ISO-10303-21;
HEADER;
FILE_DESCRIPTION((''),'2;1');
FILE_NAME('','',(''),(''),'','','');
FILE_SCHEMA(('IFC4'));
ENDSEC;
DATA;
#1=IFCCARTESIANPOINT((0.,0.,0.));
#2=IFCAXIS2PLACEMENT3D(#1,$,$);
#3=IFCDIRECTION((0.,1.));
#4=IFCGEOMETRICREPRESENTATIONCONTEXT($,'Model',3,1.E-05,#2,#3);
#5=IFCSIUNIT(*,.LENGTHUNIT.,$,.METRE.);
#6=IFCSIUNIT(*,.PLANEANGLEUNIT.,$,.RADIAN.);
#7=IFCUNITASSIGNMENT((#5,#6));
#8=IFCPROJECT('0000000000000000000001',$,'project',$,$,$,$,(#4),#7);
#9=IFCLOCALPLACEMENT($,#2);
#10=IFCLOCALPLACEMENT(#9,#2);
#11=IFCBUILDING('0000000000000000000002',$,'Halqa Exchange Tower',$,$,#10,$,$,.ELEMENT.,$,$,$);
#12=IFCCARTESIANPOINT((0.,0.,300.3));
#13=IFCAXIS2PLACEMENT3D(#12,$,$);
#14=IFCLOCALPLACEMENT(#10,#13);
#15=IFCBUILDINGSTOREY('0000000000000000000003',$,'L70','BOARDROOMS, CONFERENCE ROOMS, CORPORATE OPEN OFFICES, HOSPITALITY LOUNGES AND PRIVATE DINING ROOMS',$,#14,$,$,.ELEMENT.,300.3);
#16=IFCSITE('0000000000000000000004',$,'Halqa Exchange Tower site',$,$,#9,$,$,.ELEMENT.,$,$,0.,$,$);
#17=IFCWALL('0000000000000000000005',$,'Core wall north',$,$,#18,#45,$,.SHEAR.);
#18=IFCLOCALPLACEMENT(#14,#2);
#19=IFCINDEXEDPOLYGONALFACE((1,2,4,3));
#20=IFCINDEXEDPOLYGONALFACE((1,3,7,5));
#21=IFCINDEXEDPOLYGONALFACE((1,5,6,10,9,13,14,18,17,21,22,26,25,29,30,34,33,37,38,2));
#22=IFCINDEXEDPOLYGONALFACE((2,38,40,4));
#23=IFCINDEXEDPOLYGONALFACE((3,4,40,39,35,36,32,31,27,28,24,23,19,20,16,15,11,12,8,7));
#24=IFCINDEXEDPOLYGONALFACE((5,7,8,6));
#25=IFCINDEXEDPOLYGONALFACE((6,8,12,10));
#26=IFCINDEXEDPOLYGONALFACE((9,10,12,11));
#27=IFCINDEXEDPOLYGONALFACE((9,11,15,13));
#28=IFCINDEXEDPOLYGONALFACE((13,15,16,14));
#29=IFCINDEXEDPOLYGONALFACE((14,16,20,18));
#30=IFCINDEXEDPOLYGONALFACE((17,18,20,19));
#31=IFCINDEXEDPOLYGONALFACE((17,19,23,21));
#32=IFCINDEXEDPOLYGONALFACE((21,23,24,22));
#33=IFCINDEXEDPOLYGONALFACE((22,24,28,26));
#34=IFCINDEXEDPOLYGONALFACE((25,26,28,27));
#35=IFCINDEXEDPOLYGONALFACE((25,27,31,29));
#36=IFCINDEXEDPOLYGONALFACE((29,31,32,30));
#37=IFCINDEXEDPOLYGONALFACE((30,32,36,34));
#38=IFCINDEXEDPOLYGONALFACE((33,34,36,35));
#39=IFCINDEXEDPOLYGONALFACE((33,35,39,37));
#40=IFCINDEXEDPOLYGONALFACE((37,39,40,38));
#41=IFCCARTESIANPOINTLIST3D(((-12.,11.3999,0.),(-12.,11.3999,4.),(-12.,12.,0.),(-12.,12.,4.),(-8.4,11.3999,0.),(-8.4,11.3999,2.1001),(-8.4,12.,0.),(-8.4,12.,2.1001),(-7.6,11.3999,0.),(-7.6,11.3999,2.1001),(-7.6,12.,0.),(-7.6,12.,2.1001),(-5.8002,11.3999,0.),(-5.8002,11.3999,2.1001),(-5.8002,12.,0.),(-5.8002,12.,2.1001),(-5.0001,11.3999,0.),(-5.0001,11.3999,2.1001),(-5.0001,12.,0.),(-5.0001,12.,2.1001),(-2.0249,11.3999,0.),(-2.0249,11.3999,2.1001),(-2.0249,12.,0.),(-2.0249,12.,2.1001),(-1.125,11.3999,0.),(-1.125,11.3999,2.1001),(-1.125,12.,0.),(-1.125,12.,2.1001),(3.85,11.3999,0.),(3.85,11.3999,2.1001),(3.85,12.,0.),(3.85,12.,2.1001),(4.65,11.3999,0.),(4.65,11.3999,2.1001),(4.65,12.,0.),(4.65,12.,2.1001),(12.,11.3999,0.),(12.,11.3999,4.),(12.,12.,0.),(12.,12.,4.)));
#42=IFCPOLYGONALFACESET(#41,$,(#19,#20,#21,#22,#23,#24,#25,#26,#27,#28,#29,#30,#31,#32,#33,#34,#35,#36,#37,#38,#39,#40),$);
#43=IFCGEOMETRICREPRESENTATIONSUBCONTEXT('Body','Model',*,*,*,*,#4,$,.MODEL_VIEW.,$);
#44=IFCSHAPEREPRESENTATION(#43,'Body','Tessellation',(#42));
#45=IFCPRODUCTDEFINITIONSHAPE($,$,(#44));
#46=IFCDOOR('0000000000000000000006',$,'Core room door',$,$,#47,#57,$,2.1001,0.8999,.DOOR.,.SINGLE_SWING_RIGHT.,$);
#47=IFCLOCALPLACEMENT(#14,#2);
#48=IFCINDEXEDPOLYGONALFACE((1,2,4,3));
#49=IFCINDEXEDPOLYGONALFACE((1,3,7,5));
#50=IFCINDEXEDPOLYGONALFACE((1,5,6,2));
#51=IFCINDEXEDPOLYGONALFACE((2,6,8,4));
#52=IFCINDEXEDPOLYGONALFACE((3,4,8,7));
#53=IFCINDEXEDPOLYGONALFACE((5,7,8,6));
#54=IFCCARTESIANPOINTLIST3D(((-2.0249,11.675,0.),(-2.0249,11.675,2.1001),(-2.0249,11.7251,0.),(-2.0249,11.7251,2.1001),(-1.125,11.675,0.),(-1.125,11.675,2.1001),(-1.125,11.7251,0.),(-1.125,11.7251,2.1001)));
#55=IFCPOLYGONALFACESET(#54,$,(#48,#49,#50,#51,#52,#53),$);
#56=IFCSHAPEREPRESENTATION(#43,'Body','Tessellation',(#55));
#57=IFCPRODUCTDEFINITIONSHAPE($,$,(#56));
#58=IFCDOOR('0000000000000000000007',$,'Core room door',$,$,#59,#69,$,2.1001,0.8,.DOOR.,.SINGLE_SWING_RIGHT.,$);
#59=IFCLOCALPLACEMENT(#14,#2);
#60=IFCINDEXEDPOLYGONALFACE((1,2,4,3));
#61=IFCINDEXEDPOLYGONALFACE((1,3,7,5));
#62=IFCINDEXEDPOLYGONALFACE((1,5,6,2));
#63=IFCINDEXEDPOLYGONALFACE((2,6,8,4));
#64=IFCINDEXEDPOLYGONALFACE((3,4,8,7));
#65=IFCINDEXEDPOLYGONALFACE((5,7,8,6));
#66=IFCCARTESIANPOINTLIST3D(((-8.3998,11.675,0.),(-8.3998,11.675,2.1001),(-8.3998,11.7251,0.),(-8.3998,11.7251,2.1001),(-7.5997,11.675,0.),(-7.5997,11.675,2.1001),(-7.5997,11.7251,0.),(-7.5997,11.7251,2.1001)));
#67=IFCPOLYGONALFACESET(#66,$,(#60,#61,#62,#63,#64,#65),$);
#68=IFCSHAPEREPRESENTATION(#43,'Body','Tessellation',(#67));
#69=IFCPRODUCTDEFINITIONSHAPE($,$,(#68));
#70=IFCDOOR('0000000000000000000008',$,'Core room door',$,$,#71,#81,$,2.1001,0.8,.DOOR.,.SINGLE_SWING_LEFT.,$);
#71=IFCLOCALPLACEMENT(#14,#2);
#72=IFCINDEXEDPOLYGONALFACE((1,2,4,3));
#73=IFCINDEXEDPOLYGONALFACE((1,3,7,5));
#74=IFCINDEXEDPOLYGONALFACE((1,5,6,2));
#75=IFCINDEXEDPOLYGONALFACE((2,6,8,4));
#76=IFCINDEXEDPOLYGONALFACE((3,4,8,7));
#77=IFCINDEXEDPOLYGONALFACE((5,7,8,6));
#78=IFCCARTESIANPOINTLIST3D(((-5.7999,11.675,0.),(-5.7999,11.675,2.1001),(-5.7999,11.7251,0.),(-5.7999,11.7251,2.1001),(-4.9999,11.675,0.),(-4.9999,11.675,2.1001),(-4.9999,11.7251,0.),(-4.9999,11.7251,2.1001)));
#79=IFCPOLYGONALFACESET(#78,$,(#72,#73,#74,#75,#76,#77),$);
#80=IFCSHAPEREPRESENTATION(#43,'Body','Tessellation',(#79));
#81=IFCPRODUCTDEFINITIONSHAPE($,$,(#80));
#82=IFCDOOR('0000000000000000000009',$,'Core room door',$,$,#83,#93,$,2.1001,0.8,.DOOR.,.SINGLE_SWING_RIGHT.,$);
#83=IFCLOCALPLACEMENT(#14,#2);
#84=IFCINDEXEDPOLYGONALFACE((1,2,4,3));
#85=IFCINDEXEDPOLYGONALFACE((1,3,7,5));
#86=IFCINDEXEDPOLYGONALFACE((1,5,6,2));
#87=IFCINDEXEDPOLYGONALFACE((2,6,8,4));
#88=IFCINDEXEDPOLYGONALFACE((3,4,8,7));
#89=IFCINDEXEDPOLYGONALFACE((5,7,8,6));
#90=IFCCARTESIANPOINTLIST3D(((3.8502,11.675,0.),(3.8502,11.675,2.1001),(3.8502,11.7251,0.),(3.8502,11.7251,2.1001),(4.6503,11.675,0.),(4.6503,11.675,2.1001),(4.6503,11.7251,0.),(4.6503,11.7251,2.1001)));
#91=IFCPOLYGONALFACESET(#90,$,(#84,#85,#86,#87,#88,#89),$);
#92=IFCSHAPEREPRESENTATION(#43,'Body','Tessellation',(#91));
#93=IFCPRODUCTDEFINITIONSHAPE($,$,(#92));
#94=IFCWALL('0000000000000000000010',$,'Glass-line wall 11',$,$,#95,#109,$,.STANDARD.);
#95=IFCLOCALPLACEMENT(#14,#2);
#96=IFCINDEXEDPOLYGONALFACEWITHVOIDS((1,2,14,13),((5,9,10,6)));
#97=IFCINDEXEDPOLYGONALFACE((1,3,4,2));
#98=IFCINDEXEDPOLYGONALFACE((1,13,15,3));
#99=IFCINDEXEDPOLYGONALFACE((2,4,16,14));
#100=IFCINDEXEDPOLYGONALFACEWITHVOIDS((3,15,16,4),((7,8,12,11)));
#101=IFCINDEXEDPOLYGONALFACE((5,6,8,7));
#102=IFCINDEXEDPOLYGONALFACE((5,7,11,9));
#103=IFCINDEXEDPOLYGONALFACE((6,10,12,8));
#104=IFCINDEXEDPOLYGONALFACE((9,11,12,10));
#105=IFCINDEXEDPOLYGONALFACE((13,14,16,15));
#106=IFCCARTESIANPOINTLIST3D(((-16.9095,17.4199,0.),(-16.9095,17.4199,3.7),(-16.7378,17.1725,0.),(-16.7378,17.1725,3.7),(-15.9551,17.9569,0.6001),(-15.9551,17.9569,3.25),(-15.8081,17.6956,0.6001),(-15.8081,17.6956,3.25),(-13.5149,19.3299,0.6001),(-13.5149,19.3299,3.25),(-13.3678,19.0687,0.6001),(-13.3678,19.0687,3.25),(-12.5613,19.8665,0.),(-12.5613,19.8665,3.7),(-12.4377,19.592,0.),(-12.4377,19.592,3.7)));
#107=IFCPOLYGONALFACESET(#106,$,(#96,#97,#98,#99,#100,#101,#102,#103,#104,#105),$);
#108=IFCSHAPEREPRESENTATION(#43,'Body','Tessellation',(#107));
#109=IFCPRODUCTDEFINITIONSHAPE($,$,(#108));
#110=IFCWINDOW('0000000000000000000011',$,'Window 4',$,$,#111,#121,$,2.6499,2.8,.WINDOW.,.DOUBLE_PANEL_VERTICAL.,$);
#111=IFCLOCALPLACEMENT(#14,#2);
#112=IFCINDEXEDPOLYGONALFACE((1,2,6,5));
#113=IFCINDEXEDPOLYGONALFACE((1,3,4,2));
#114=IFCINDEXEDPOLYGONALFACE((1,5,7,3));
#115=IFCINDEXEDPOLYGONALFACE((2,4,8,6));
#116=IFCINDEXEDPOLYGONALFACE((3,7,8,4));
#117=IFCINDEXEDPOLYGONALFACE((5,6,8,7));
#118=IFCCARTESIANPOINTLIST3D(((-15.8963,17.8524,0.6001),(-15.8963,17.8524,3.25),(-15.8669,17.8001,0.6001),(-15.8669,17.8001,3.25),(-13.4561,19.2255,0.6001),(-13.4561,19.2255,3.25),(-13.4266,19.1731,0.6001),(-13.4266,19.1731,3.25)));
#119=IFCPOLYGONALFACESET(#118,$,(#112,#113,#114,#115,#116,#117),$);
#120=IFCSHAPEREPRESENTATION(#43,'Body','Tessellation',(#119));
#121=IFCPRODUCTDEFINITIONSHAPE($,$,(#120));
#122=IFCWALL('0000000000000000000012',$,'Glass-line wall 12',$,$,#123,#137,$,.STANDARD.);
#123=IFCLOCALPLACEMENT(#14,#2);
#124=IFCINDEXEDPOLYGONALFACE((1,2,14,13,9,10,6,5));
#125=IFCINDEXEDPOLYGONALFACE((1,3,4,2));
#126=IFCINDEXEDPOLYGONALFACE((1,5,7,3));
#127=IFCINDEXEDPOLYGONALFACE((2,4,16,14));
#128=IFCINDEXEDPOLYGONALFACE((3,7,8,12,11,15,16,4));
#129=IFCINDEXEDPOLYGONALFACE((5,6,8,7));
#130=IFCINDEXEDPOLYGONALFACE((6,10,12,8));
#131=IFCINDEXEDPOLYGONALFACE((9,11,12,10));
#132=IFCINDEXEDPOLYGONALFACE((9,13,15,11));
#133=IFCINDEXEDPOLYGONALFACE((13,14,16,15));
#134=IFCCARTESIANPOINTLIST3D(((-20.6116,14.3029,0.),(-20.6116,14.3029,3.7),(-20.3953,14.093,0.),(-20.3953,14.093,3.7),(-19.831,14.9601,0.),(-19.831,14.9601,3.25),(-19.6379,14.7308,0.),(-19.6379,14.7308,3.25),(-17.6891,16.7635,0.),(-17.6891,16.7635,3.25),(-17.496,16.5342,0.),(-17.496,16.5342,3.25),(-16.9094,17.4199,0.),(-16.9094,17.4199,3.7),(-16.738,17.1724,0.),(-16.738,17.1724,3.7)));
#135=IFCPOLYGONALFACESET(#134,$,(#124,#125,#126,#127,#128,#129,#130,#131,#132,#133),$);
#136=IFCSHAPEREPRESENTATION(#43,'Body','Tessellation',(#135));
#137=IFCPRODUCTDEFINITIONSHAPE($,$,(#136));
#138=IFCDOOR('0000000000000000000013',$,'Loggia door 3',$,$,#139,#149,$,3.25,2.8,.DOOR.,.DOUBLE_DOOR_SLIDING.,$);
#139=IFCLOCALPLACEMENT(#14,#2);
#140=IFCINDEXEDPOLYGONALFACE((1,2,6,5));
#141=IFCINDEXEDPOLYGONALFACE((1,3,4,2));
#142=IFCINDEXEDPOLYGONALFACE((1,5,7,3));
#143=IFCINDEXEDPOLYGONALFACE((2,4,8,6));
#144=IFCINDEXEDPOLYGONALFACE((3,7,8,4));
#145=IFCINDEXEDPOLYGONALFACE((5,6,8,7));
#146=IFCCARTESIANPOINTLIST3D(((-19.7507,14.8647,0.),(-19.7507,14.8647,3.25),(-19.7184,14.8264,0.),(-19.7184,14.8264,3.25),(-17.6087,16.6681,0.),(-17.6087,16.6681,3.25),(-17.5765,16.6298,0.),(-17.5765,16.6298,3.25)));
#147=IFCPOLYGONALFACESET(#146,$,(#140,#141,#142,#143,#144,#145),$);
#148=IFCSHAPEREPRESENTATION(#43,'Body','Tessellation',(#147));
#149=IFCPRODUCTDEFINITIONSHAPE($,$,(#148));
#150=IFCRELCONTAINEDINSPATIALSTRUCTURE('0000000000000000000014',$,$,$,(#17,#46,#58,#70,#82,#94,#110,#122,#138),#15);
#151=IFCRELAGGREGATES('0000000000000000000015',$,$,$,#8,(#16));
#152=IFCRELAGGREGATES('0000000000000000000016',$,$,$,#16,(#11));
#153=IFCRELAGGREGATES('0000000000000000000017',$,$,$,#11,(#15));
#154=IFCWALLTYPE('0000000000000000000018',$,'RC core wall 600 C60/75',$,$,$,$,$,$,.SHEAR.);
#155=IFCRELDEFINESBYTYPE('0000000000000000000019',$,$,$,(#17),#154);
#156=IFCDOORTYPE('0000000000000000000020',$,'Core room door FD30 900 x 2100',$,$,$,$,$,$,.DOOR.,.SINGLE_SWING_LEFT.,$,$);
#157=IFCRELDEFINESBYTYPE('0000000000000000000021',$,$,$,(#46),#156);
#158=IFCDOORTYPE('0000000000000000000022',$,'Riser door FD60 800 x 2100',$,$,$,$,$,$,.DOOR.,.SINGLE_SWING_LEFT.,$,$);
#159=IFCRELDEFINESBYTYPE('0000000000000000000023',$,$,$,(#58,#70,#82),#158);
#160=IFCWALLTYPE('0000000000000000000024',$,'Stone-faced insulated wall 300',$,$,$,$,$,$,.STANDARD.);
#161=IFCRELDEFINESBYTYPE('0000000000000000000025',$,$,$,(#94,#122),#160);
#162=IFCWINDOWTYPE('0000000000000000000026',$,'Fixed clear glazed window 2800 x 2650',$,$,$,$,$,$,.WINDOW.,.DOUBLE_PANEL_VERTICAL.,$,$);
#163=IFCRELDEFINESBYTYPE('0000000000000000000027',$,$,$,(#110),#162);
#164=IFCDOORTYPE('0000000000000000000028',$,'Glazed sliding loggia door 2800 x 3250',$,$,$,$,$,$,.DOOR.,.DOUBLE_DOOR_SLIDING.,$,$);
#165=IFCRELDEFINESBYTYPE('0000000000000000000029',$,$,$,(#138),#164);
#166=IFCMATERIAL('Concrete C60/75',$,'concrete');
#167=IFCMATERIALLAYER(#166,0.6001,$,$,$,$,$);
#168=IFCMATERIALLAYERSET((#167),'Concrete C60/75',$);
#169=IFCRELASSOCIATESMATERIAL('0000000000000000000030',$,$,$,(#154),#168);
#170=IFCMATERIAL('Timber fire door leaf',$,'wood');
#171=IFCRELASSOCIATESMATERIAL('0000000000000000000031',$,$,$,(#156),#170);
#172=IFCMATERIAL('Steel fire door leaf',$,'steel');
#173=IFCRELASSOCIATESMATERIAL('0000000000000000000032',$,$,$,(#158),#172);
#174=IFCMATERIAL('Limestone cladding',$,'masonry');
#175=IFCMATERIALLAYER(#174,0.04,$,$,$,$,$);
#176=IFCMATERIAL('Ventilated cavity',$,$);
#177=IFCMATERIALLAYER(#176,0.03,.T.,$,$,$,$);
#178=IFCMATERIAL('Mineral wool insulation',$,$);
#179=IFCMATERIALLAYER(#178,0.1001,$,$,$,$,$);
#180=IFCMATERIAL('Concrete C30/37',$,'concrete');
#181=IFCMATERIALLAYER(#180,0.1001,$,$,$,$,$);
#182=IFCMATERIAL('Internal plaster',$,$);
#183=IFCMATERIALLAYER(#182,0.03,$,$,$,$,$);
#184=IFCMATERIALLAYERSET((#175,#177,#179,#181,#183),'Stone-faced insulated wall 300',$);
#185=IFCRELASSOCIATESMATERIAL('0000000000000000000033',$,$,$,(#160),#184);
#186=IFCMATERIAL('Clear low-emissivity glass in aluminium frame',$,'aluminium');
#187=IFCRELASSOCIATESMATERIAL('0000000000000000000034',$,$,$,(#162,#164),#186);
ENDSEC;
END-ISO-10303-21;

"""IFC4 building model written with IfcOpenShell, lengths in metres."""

from ifc_helpers import new_model, si_unit, direction, frame, frame_2d, origin, place, context, subcontext, project, spatial, polyline, rectangle, outline, extrude, material, layer, layer_set, type_object, element, fill, save


model = new_model("IFC4")

# Units and contexts
model_context = context("Model", 3, precision=1e-05, world=origin(), true_north=direction((0.0, 1.0)))
body_context = subcontext(model_context, "Body", "Model", "MODEL_VIEW")
ifc_project = project(units=[si_unit("LENGTHUNIT", "METRE"), si_unit("PLANEANGLEUNIT", "RADIAN")], contexts=[model_context])

# Site, building, storey
site_placement = place(None, origin())
site = spatial("IfcSite", under=ifc_project, at=site_placement, Name="Halqa Exchange Tower site", CompositionType="ELEMENT", RefElevation=0.0)
building_placement = place(site_placement, origin())
building = spatial("IfcBuilding", under=site, at=building_placement, Name="Halqa Exchange Tower", CompositionType="ELEMENT")
storey_placement = place(building_placement, frame((0.0, 0.0, 300.3)))
storey = spatial("IfcBuildingStorey", under=building, at=storey_placement, Name="L70", Description="BOARDROOMS, CONFERENCE ROOMS, CORPORATE OPEN OFFICES, HOSPITALITY LOUNGES AND PRIVATE DINING ROOMS", CompositionType="ELEMENT", Elevation=300.3)

# Shared definitions
ifc_material_1 = material(Name="Concrete C60/75", Category="concrete")

# Shared definitions
ifc_material_2 = material(Name="Steel fire door leaf", Category="steel")

# Wall, openings, doors
ifc_layer_1 = layer(ifc_material_1, 0.6001)
ifc_layer_set_1 = layer_set([ifc_layer_1], Name="Concrete C60/75")
wall_type_1 = type_object("IfcWallType", Name="RC core wall 600 C60/75", PredefinedType="SHEAR", material=ifc_layer_set_1)
wall_1_placement = place(storey_placement, frame((-12.0, 11.7, 0.0), z_axis=(0.0, 0.0, 1.0), x_axis=(1.0, 0.0, 0.0)))
wall_1 = element("IfcWall", 1, at=wall_1_placement, inside=storey, type_object=wall_type_1, Name="Core wall north", PredefinedType="SHEAR", context=body_context, shape_type="SweptSolid", body=[
    extrude(rectangle(XDim=24.0, YDim=0.6001, at=frame_2d((12.0, 0.0))), origin(), (0.0, 0.0, 1.0), 4.0),
])
opening_1_placement = place(wall_1_placement, frame((9.9751, 0.0, 0.0)))
opening_1 = element("IfcOpeningElement", 2, at=opening_1_placement, cuts=wall_1, PredefinedType="OPENING", context=body_context, shape_type="SweptSolid", body=[
    extrude(rectangle(XDim=0.8999, YDim=2.1001, at=frame_2d((0.45, 1.05))), frame((0.0, 0.312, 0.0), z_axis=(0.0, -1.0, 0.0), x_axis=(1.0, 0.0, 0.0)), (0.0, 0.0, 1.0), 0.624),
])
opening_2_placement = place(wall_1_placement, frame((3.6001, 0.0, 0.0)))
opening_2 = element("IfcOpeningElement", 3, at=opening_2_placement, cuts=wall_1, PredefinedType="OPENING", context=body_context, shape_type="SweptSolid", body=[
    extrude(rectangle(XDim=0.8, YDim=2.1001, at=frame_2d((0.3999, 1.05))), frame((0.0, 0.312, 0.0), z_axis=(0.0, -1.0, 0.0), x_axis=(1.0, 0.0, 0.0)), (0.0, 0.0, 1.0), 0.624),
])
opening_3_placement = place(wall_1_placement, frame((6.2, 0.0, 0.0)))
opening_3 = element("IfcOpeningElement", 4, at=opening_3_placement, cuts=wall_1, PredefinedType="OPENING", context=body_context, shape_type="SweptSolid", body=[
    extrude(rectangle(XDim=0.8, YDim=2.1001, at=frame_2d((0.3999, 1.05))), frame((0.0, 0.312, 0.0), z_axis=(0.0, -1.0, 0.0), x_axis=(1.0, 0.0, 0.0)), (0.0, 0.0, 1.0), 0.624),
])
opening_4_placement = place(wall_1_placement, frame((15.8501, 0.0, 0.0)))
opening_4 = element("IfcOpeningElement", 5, at=opening_4_placement, cuts=wall_1, PredefinedType="OPENING", context=body_context, shape_type="SweptSolid", body=[
    extrude(rectangle(XDim=0.8, YDim=2.1001, at=frame_2d((0.3999, 1.05))), frame((0.0, 0.312, 0.0), z_axis=(0.0, -1.0, 0.0), x_axis=(1.0, 0.0, 0.0)), (0.0, 0.0, 1.0), 0.624),
])
ifc_material_3 = material(Name="Timber fire door leaf", Category="wood")
door_type_1 = type_object("IfcDoorType", Name="Core room door FD30 900 x 2100", OperationType="SINGLE_SWING_LEFT", PredefinedType="DOOR", material=ifc_material_3)
door_1_placement = place(opening_1_placement, frame((0.8999, 0.0, 0.0), z_axis=(0.0, 0.0, 1.0), x_axis=(-1.0, 0.0, 0.0)))
door_1 = element("IfcDoor", 6, at=door_1_placement, inside=storey, type_object=door_type_1, Name="Core room door", OperationType="SINGLE_SWING_RIGHT", OverallHeight=2.1001, OverallWidth=0.8999, PredefinedType="DOOR", context=body_context, shape_type="SweptSolid", body=[
    extrude(rectangle(XDim=0.8999, YDim=2.1001, at=frame_2d((0.45, 1.05))), frame((0.0, 0.0249, 0.0), z_axis=(0.0, -1.0, 0.0), x_axis=(1.0, 0.0, 0.0)), (0.0, 0.0, 1.0), 0.05),
])
fill(opening_1, door_1)
door_type_2 = type_object("IfcDoorType", Name="Riser door FD60 800 x 2100", OperationType="SINGLE_SWING_LEFT", PredefinedType="DOOR", material=ifc_material_2)
door_2_placement = place(opening_2_placement, frame((0.8, 0.0, 0.0), z_axis=(0.0, 0.0, 1.0), x_axis=(-1.0, 0.0, 0.0)))
door_2 = element("IfcDoor", 7, at=door_2_placement, inside=storey, type_object=door_type_2, Name="Core room door", OperationType="SINGLE_SWING_RIGHT", OverallHeight=2.1001, OverallWidth=0.8, PredefinedType="DOOR", context=body_context, shape_type="SweptSolid", body=[
    extrude(rectangle(XDim=0.8, YDim=2.1001, at=frame_2d((0.3999, 1.05))), frame((0.0, 0.0249, 0.0), z_axis=(0.0, -1.0, 0.0), x_axis=(1.0, 0.0, 0.0)), (0.0, 0.0, 1.0), 0.05),
])
fill(opening_2, door_2)
door_3_placement = place(opening_3_placement, frame((0.8, 0.0, 0.0), z_axis=(0.0, 0.0, 1.0), x_axis=(-1.0, 0.0, 0.0)))
door_3 = element("IfcDoor", 8, at=door_3_placement, inside=storey, type_object=door_type_2, Name="Core room door", OperationType="SINGLE_SWING_LEFT", OverallHeight=2.1001, OverallWidth=0.8, PredefinedType="DOOR", context=body_context, shape_type="SweptSolid", body=[
    extrude(rectangle(XDim=0.8, YDim=2.1001, at=frame_2d((0.3999, 1.05))), frame((0.0, 0.0249, 0.0), z_axis=(0.0, -1.0, 0.0), x_axis=(1.0, 0.0, 0.0)), (0.0, 0.0, 1.0), 0.05),
])
fill(opening_3, door_3)
door_4_placement = place(opening_4_placement, frame((0.8, 0.0, 0.0), z_axis=(0.0, 0.0, 1.0), x_axis=(-1.0, 0.0, 0.0)))
door_4 = element("IfcDoor", 9, at=door_4_placement, inside=storey, type_object=door_type_2, Name="Core room door", OperationType="SINGLE_SWING_RIGHT", OverallHeight=2.1001, OverallWidth=0.8, PredefinedType="DOOR", context=body_context, shape_type="SweptSolid", body=[
    extrude(rectangle(XDim=0.8, YDim=2.1001, at=frame_2d((0.3999, 1.05))), frame((0.0, 0.0249, 0.0), z_axis=(0.0, -1.0, 0.0), x_axis=(1.0, 0.0, 0.0)), (0.0, 0.0, 1.0), 0.05),
])
fill(opening_4, door_4)

# Wall, opening, window
ifc_material_4 = material(Name="Limestone cladding", Category="masonry")
ifc_layer_2 = layer(ifc_material_4, 0.04)
ifc_material_5 = material(Name="Ventilated cavity")
ifc_layer_3 = layer(ifc_material_5, 0.03, ventilated=True)
ifc_material_6 = material(Name="Mineral wool insulation")
ifc_layer_4 = layer(ifc_material_6, 0.1001)
ifc_material_7 = material(Name="Concrete C30/37", Category="concrete")
ifc_layer_5 = layer(ifc_material_7, 0.1001)
ifc_material_8 = material(Name="Internal plaster")
ifc_layer_6 = layer(ifc_material_8, 0.03)
ifc_layer_set_2 = layer_set([ifc_layer_2, ifc_layer_3, ifc_layer_4, ifc_layer_5, ifc_layer_6], Name="Stone-faced insulated wall 300")
wall_type_2 = type_object("IfcWallType", Name="Stone-faced insulated wall 300", PredefinedType="STANDARD", material=ifc_layer_set_2)
wall_2_placement = place(storey_placement, frame((-12.4995, 19.7292, 0.0), z_axis=(0.0, 0.0, 1.0), x_axis=(-0.871512, -0.490373, 0.0)))
wall_2 = element("IfcWall", 10, at=wall_2_placement, inside=storey, type_object=wall_type_2, Name="Glass-line wall 11", PredefinedType="STANDARD", context=body_context, shape_type="SweptSolid", body=[
    extrude(outline(polyline([(-0.0134, -0.1499), (4.9758, -0.1499), (4.9475, 0.1499), (0.0134, 0.1499), (-0.0134, -0.1499)])), origin(), (0.0, 0.0, 1.0), 3.7),
])
opening_5_placement = place(wall_2_placement, frame((1.0808, 0.0, 0.6001)))
opening_5 = element("IfcOpeningElement", 11, at=opening_5_placement, cuts=wall_2, PredefinedType="OPENING", context=body_context, shape_type="SweptSolid", body=[
    extrude(rectangle(XDim=2.8, YDim=2.6499, at=frame_2d((1.3999, 1.325))), frame((0.0, 0.1621, 0.0), z_axis=(0.0, -1.0, 0.0), x_axis=(1.0, 0.0, 0.0)), (0.0, 0.0, 1.0), 0.324),
])
ifc_material_9 = material(Name="Clear low-emissivity glass in aluminium frame", Category="aluminium")
window_type = type_object("IfcWindowType", Name="Fixed clear glazed window 2800 x 2650", PartitioningType="DOUBLE_PANEL_VERTICAL", PredefinedType="WINDOW", material=ifc_material_9)
window_1_placement = place(opening_5_placement, origin())
window_1 = element("IfcWindow", 12, at=window_1_placement, inside=storey, type_object=window_type, Name="Window 4", OverallHeight=2.6499, OverallWidth=2.8, PartitioningType="DOUBLE_PANEL_VERTICAL", PredefinedType="WINDOW", context=body_context, shape_type="SweptSolid", body=[
    extrude(rectangle(XDim=2.8, YDim=2.6499, at=frame_2d((1.3999, 1.325))), frame((0.0, 0.03, 0.0), z_axis=(0.0, -1.0, 0.0), x_axis=(1.0, 0.0, 0.0)), (0.0, 0.0, 1.0), 0.0601),
])
fill(opening_5, window_1)

# Wall, opening, door
wall_3_placement = place(storey_placement, frame((-16.8237, 17.2961, 0.0), z_axis=(0.0, 0.0, 1.0), x_axis=(-0.764966, -0.64407, 0.0)))
wall_3 = element("IfcWall", 13, at=wall_3_placement, inside=storey, type_object=wall_type_2, Name="Glass-line wall 12", PredefinedType="STANDARD", context=body_context, shape_type="SweptSolid", body=[
    extrude(outline(polyline([(-0.0142, -0.1499), (4.8254, -0.1499), (4.7952, 0.1499), (0.0142, 0.1499), (-0.0142, -0.1499)])), origin(), (0.0, 0.0, 1.0), 3.7),
])
opening_6_placement = place(wall_3_placement, frame((1.0051, 0.0, 0.0)))
opening_6 = element("IfcOpeningElement", 14, at=opening_6_placement, cuts=wall_3, PredefinedType="OPENING", context=body_context, shape_type="SweptSolid", body=[
    extrude(rectangle(XDim=2.8, YDim=3.25, at=frame_2d((1.3999, 1.625))), frame((0.0, 0.1621, 0.0), z_axis=(0.0, -1.0, 0.0), x_axis=(1.0, 0.0, 0.0)), (0.0, 0.0, 1.0), 0.324),
])
door_type_3 = type_object("IfcDoorType", Name="Glazed sliding loggia door 2800 x 3250", OperationType="DOUBLE_DOOR_SLIDING", PredefinedType="DOOR", material=ifc_material_9)
door_5_placement = place(opening_6_placement, origin())
door_5 = element("IfcDoor", 15, at=door_5_placement, inside=storey, type_object=door_type_3, Name="Loggia door 3", OperationType="DOUBLE_DOOR_SLIDING", OverallHeight=3.25, OverallWidth=2.8, PredefinedType="DOOR", context=body_context, shape_type="SweptSolid", body=[
    extrude(rectangle(XDim=2.8, YDim=3.25, at=frame_2d((1.3999, 1.625))), frame((0.0, 0.0249, 0.0), z_axis=(0.0, -1.0, 0.0), x_axis=(1.0, 0.0, 0.0)), (0.0, 0.0, 1.0), 0.05),
])
fill(opening_6, door_5)

save(model, "model.ifc")
